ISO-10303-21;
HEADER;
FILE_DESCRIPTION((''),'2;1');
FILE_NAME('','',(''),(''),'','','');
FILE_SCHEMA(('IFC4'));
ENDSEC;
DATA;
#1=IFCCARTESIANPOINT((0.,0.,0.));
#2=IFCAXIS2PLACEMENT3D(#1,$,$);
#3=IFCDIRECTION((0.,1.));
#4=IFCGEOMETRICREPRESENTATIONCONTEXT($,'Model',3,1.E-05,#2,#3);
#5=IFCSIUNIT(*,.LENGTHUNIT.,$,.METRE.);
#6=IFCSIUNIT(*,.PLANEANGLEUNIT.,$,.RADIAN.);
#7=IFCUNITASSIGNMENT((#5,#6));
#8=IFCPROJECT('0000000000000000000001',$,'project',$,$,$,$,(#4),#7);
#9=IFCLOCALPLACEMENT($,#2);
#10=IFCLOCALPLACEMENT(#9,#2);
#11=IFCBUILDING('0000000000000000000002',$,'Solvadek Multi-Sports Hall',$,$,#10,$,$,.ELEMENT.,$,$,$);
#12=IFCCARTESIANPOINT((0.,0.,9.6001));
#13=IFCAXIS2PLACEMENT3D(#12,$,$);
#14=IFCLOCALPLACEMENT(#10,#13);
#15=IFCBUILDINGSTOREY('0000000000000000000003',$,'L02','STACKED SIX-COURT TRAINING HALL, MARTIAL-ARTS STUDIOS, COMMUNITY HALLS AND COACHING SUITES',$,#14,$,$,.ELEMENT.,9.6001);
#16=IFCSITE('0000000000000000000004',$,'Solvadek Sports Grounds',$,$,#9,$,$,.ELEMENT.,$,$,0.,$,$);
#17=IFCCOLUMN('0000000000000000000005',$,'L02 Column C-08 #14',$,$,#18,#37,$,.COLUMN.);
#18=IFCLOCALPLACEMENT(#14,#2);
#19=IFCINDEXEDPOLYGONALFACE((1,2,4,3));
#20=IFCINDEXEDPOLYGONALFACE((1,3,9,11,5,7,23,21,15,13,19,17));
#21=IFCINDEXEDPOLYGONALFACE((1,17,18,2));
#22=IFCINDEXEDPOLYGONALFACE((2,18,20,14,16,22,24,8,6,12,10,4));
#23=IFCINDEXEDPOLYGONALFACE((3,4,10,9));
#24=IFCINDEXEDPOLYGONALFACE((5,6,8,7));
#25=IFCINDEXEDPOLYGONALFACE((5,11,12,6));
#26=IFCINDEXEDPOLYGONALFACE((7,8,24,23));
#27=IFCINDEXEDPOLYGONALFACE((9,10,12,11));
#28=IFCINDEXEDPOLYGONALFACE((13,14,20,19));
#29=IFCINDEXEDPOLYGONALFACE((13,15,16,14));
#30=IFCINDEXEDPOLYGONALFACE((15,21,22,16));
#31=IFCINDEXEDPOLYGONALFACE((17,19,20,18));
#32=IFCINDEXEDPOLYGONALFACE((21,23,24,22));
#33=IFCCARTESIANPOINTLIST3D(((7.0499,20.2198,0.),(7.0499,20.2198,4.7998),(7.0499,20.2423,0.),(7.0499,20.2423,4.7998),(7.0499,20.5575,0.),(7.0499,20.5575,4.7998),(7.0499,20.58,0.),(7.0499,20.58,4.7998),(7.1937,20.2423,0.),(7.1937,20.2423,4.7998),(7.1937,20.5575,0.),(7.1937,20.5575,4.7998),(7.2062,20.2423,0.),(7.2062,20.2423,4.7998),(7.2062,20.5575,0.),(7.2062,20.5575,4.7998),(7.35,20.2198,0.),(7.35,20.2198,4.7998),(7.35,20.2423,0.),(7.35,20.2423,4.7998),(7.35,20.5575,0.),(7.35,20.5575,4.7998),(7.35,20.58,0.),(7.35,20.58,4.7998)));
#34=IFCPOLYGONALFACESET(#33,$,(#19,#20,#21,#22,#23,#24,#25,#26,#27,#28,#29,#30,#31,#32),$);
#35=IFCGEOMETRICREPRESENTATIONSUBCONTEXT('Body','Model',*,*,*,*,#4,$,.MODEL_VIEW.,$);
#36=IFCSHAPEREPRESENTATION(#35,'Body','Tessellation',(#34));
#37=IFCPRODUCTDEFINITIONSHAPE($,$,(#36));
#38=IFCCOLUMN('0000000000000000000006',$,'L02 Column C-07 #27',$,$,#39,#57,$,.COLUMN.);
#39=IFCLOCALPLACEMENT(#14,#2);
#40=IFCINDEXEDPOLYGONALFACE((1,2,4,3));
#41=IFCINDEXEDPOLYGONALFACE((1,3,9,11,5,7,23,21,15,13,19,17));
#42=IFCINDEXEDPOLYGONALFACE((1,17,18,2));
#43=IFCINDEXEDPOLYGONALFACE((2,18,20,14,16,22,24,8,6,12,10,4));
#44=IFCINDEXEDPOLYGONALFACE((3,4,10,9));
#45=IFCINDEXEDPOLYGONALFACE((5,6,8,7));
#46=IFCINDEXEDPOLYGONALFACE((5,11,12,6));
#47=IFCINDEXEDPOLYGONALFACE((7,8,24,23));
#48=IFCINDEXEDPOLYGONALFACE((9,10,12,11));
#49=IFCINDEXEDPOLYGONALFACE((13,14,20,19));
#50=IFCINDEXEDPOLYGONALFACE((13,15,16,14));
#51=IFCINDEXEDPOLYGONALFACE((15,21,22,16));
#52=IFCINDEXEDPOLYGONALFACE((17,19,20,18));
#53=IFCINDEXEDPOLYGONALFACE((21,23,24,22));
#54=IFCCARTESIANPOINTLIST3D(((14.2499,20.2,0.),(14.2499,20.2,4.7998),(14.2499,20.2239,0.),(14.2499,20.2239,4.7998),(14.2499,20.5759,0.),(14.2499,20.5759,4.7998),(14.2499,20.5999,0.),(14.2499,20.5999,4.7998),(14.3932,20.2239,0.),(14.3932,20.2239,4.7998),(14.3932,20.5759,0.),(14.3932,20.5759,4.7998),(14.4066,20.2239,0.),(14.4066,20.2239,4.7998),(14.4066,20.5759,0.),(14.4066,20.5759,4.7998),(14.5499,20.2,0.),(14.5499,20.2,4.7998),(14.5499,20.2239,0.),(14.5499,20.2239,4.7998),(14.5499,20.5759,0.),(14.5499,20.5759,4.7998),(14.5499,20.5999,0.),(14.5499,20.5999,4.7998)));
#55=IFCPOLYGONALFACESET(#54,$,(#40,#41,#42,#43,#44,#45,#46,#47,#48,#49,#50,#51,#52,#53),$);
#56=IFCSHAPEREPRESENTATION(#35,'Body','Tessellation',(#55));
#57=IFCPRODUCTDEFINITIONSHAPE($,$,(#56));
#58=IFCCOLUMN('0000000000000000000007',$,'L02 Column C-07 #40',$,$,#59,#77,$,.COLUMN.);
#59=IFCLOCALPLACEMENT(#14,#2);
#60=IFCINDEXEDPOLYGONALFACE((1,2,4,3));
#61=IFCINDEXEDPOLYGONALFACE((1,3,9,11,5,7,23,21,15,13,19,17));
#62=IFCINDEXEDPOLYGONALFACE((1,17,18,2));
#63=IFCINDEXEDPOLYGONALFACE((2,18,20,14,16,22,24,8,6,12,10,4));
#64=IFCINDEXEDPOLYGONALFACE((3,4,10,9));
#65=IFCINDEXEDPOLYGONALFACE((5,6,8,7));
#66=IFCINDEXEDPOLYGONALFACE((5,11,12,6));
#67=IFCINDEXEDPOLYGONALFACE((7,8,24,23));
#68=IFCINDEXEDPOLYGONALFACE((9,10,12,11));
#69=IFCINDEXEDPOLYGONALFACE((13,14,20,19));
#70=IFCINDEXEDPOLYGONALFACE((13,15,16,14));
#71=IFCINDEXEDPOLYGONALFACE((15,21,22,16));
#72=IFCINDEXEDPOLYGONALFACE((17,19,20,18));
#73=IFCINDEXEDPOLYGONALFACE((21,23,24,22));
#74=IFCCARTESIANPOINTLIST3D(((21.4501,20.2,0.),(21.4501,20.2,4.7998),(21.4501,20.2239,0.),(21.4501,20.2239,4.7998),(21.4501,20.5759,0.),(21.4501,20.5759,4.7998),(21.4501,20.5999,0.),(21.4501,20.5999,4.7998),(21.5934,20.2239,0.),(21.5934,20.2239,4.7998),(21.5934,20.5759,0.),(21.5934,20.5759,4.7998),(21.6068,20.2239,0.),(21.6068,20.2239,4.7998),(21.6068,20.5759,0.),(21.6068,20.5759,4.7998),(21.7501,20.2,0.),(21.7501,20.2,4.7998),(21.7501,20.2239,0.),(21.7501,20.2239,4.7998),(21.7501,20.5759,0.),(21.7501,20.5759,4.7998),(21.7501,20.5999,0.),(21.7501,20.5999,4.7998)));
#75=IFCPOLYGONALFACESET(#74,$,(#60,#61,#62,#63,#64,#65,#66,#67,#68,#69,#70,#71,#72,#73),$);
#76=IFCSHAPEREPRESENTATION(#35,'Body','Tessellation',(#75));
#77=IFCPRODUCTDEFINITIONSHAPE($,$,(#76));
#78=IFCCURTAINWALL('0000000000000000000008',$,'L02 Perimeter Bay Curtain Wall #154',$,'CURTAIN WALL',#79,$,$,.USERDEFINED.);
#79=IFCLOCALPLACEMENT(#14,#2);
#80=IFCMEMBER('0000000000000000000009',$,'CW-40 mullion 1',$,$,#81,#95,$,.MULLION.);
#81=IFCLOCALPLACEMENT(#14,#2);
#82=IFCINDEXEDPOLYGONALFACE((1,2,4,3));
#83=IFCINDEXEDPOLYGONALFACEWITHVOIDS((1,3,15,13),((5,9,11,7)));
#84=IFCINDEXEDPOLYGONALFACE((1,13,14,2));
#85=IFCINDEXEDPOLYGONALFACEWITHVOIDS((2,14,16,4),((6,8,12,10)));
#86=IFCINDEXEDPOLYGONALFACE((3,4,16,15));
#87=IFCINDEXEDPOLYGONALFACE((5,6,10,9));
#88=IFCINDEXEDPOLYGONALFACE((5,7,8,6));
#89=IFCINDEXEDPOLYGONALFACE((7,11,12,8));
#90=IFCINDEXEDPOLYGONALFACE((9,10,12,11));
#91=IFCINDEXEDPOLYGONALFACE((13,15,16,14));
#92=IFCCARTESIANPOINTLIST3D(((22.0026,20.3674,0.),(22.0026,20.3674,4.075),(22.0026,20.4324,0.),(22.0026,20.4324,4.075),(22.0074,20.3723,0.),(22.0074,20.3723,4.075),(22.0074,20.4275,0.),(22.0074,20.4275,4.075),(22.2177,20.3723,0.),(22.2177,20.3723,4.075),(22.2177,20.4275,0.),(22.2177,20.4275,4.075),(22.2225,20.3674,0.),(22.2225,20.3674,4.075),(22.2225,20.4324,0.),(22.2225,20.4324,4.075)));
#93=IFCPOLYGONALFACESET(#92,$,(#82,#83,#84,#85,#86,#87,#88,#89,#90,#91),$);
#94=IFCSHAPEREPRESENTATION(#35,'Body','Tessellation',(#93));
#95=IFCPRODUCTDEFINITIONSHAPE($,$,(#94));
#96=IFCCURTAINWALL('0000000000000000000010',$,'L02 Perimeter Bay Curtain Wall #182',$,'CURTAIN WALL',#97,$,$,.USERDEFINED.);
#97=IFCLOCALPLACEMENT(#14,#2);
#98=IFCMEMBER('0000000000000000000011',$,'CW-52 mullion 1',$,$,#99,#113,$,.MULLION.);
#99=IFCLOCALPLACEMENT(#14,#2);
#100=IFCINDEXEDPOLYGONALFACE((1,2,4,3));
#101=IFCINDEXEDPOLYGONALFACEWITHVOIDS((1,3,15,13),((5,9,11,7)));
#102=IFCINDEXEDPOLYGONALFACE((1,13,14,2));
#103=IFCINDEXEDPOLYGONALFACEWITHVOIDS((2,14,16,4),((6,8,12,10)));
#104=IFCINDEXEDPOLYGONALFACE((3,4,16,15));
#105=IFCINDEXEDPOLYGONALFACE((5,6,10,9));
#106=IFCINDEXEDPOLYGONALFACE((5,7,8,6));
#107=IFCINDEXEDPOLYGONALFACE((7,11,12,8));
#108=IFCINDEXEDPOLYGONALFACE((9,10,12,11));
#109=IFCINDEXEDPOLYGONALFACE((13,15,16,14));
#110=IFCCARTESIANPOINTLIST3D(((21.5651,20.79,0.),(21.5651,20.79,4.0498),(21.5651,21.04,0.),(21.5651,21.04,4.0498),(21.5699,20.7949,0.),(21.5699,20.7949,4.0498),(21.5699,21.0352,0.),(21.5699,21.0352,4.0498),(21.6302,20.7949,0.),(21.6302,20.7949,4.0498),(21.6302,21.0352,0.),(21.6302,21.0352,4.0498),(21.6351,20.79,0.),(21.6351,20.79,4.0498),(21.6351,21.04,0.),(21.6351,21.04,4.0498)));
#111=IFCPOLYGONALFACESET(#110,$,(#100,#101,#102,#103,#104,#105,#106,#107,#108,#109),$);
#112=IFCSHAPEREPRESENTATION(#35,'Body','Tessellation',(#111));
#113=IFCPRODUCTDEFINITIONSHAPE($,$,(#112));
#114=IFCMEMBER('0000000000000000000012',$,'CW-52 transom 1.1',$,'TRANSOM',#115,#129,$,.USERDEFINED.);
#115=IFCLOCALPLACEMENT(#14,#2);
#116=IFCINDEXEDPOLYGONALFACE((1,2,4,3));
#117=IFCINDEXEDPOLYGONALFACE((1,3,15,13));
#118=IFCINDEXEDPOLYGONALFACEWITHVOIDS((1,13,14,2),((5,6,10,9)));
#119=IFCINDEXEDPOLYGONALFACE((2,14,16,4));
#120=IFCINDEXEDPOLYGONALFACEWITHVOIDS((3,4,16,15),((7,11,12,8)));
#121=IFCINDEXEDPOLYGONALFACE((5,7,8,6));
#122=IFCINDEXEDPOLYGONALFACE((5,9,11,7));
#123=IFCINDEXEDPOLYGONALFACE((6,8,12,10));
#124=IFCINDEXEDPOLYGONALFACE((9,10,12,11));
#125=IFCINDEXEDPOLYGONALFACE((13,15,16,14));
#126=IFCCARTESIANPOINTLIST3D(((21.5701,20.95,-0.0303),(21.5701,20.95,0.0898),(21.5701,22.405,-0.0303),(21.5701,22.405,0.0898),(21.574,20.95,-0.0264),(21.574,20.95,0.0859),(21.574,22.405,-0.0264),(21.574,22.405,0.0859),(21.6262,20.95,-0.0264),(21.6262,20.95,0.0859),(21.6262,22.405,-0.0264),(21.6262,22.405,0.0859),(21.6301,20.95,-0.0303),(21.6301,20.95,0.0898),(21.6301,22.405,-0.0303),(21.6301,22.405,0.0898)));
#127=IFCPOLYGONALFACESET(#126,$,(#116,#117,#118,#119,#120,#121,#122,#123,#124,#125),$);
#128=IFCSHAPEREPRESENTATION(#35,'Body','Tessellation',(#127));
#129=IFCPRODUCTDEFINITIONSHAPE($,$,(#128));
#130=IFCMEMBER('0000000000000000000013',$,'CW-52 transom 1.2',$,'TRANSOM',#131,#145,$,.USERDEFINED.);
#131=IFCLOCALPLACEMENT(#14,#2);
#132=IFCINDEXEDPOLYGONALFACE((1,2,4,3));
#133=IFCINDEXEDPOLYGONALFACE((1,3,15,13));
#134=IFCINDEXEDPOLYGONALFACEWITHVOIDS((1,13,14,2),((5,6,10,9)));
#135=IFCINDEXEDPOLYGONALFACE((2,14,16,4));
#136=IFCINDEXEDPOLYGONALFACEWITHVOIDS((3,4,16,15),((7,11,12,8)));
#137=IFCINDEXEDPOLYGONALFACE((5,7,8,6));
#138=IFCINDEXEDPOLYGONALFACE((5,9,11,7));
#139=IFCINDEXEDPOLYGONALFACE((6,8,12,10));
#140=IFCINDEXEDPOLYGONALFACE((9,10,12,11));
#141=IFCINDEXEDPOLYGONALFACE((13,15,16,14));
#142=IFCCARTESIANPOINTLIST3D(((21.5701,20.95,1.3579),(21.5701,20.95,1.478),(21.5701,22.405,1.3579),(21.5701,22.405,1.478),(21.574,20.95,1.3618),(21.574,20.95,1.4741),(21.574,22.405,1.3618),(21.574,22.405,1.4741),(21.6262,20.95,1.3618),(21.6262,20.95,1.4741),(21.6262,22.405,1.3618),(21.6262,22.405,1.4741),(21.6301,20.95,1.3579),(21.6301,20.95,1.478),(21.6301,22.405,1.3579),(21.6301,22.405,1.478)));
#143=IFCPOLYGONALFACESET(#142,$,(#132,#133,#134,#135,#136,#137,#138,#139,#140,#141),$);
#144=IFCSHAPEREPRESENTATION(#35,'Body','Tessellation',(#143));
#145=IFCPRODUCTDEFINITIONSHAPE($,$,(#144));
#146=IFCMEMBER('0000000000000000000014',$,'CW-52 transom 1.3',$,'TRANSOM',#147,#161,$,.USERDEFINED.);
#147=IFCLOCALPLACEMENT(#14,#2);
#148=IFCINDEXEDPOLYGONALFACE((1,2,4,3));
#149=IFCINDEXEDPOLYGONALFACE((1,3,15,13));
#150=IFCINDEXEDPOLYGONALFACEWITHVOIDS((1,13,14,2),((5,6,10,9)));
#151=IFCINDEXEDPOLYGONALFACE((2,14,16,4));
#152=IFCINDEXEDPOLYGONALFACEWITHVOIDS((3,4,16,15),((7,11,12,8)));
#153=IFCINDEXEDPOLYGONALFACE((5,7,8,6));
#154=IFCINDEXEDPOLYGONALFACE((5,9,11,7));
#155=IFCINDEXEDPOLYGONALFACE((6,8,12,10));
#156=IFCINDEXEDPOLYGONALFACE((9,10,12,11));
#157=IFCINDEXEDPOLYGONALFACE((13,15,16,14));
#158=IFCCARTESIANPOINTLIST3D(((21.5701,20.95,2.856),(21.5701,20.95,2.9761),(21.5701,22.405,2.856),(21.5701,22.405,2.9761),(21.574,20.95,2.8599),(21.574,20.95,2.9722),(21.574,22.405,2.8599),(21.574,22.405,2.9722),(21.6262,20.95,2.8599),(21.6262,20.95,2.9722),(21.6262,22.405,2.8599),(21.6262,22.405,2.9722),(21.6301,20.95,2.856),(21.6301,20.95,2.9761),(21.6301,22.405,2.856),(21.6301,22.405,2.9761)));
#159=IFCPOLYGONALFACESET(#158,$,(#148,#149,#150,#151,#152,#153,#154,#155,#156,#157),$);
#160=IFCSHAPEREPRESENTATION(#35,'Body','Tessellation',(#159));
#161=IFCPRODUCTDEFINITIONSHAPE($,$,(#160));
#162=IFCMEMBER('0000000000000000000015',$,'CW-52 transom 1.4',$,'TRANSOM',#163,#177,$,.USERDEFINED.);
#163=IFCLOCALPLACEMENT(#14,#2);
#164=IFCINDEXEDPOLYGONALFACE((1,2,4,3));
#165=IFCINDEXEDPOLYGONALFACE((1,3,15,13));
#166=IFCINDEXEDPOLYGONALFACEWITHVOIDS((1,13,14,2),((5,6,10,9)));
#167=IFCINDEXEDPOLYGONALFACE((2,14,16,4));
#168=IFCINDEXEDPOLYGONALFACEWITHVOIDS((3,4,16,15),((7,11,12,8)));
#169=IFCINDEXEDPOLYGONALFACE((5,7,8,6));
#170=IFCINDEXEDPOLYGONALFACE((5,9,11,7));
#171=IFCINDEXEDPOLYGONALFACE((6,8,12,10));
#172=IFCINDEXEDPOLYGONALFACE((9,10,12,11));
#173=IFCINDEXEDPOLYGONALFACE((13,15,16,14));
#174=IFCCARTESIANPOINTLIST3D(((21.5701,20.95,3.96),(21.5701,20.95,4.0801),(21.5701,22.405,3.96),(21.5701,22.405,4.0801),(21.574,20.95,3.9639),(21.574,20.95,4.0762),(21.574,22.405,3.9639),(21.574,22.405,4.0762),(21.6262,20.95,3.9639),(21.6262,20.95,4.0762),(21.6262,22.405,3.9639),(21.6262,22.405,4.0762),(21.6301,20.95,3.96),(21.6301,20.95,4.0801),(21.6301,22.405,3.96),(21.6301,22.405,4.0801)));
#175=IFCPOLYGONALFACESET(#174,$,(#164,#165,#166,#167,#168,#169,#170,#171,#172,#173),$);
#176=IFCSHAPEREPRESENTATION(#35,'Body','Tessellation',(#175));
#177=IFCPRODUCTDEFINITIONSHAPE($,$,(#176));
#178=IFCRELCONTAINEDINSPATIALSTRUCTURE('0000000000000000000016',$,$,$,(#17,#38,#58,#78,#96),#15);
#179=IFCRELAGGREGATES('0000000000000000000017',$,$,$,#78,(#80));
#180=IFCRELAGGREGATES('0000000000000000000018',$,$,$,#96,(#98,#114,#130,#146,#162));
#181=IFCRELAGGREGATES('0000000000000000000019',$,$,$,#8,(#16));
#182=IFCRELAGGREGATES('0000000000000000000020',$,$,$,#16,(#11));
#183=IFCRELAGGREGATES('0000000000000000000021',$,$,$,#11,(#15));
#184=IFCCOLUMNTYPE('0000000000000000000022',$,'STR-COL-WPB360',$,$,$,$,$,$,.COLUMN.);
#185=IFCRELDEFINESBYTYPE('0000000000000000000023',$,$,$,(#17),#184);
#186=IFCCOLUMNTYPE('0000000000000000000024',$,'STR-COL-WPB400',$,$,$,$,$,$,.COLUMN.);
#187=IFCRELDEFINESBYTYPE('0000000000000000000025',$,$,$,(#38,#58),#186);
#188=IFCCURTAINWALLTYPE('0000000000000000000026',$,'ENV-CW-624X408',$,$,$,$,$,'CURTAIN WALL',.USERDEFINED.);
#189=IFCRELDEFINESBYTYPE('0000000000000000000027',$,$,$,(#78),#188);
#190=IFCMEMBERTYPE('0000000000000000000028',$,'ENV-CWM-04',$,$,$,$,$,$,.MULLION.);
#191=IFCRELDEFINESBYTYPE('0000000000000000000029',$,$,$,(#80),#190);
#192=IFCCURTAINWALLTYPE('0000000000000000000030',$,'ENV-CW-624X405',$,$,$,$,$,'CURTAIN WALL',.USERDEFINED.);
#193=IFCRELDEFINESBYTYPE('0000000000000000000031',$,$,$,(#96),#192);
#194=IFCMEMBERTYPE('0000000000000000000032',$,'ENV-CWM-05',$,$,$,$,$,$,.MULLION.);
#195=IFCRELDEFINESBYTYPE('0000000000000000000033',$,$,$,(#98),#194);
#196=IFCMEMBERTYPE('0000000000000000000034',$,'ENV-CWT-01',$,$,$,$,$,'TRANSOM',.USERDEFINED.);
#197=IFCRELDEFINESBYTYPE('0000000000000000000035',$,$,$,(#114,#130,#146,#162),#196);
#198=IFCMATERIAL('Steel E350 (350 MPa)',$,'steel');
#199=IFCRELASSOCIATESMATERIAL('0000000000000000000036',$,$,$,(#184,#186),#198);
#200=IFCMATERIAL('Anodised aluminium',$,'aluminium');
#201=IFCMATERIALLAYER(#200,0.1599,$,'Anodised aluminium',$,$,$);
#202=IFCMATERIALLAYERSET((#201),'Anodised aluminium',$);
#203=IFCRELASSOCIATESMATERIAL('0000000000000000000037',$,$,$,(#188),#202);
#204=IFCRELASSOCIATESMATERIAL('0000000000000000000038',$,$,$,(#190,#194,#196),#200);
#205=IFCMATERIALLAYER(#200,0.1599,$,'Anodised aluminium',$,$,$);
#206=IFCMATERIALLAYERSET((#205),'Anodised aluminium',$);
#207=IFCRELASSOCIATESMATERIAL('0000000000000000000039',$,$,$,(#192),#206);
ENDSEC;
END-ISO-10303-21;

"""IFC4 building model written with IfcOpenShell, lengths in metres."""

from ifc_helpers import new_model, si_unit, direction, frame, origin, origin_2d, place, context, subcontext, project, spatial, hollow_rectangle, i_section, extrude, material, layer, layer_set, material_profile, profile_set, type_object, element, aggregate, save


model = new_model("IFC4")

# Units and contexts
model_context = context("Model", 3, precision=1e-05, world=origin(), true_north=direction((0.0, 1.0)))
body_context = subcontext(model_context, "Body", "Model", "MODEL_VIEW")
ifc_project = project(units=[si_unit("LENGTHUNIT", "METRE"), si_unit("PLANEANGLEUNIT", "RADIAN")], contexts=[model_context])

# Site, building, storey
site_placement = place(None, origin())
site = spatial("IfcSite", under=ifc_project, at=site_placement, Name="Solvadek Sports Grounds", CompositionType="ELEMENT", RefElevation=0.0)
building_placement = place(site_placement, origin())
building = spatial("IfcBuilding", under=site, at=building_placement, Name="Solvadek Multi-Sports Hall", CompositionType="ELEMENT")
storey_placement = place(building_placement, frame((0.0, 0.0, 9.6001)))
storey = spatial("IfcBuildingStorey", under=building, at=storey_placement, Name="L02", Description="STACKED SIX-COURT TRAINING HALL, MARTIAL-ARTS STUDIOS, COMMUNITY HALLS AND COACHING SUITES", CompositionType="ELEMENT", Elevation=9.6001)

# Columns
ifc_material_1 = material(Name="Steel E350 (350 MPa)", Category="steel")
ifc_material_profile_1 = material_profile(ifc_material_1, i_section(OverallWidth=0.3, OverallDepth=0.3601, WebThickness=0.0125, FlangeThickness=0.0225, at=origin_2d()), Name="WPB 360")
ifc_profile_set_1 = profile_set([ifc_material_profile_1], Name="Steel E350 (350 MPa)")
column_type_1 = type_object("IfcColumnType", Name="STR-COL-WPB360", PredefinedType="COLUMN", material=ifc_profile_set_1)
column_placement = place(storey_placement, frame((7.2, 20.3999, 0.0), z_axis=(0.0, 0.0, 1.0), x_axis=(1.0, 0.0, 0.0)))
element("IfcColumn", 1, at=column_placement, inside=storey, type_object=column_type_1, Name="L02 Column C-08 #14", PredefinedType="COLUMN", context=body_context, shape_type="SweptSolid", body=[
    extrude(i_section(OverallWidth=0.3, OverallDepth=0.3601, WebThickness=0.0125, FlangeThickness=0.0225, at=origin_2d()), origin(), (0.0, 0.0, 1.0), 4.7998),
])
ifc_material_profile_2 = material_profile(ifc_material_1, i_section(OverallWidth=0.3, OverallDepth=0.3999, WebThickness=0.0134, FlangeThickness=0.0239, at=origin_2d()), Name="WPB 400")
ifc_profile_set_2 = profile_set([ifc_material_profile_2], Name="Steel E350 (350 MPa)")
column_type_2 = type_object("IfcColumnType", Name="STR-COL-WPB400", PredefinedType="COLUMN", material=ifc_profile_set_2)
for number, where, z_axis, x_axis, name in (
    (2, (14.3999, 20.3999, 0.0), (0.0, 0.0, 1.0), (1.0, 0.0, 0.0), "L02 Column C-07 #27"),
    (3, (21.6001, 20.3999, 0.0), (0.0, 0.0, 1.0), (1.0, 0.0, 0.0), "L02 Column C-07 #40"),
):
    element("IfcColumn", number, at=place(storey_placement, frame(where, z_axis=z_axis, x_axis=x_axis)), inside=storey, type_object=column_type_2, Name=name, PredefinedType="COLUMN", context=body_context, shape_type="SweptSolid", body=[
        extrude(i_section(OverallWidth=0.3, OverallDepth=0.3999, WebThickness=0.0134, FlangeThickness=0.0239, at=origin_2d()), origin(), (0.0, 0.0, 1.0), 4.7998),
    ])

# Curtain wall, member
ifc_material_2 = material(Name="Anodised aluminium", Category="aluminium")
ifc_layer_1 = layer(ifc_material_2, 0.1599, Name="Anodised aluminium")
ifc_layer_set_1 = layer_set([ifc_layer_1], Name="Anodised aluminium")
curtain_wall_type_1 = type_object("IfcCurtainWallType", Name="ENV-CW-624X408", ElementType="CURTAIN WALL", PredefinedType="USERDEFINED", material=ifc_layer_set_1)
curtain_wall_1_placement = place(storey_placement, origin())
curtain_wall_1 = element("IfcCurtainWall", 4, at=curtain_wall_1_placement, inside=storey, type_object=curtain_wall_type_1, Name="L02 Perimeter Bay Curtain Wall #154", ObjectType="CURTAIN WALL", PredefinedType="USERDEFINED")
ifc_material_profile_3 = material_profile(ifc_material_2, hollow_rectangle(XDim=0.0649, YDim=0.22, WallThickness=0.0049, at=origin_2d()), Name="ALU-M 220x65x5")
ifc_profile_set_3 = profile_set([ifc_material_profile_3], Name="Anodised aluminium")
member_type_1 = type_object("IfcMemberType", Name="ENV-CWM-04", PredefinedType="MULLION", material=ifc_profile_set_3)
member_1_placement = place(storey_placement, frame((22.1125, 20.3999, 0.0), z_axis=(0.0, 0.0, 1.0), x_axis=(0.0, 1.0, 0.0)))
member_1 = element("IfcMember", 5, at=member_1_placement, type_object=member_type_1, Name="CW-40 mullion 1", PredefinedType="MULLION", context=body_context, shape_type="SweptSolid", body=[
    extrude(hollow_rectangle(XDim=0.0649, YDim=0.22, WallThickness=0.0049, at=origin_2d()), origin(), (0.0, 0.0, 1.0), 4.075),
])

# Curtain wall, members
ifc_layer_2 = layer(ifc_material_2, 0.1599, Name="Anodised aluminium")
ifc_layer_set_2 = layer_set([ifc_layer_2], Name="Anodised aluminium")
curtain_wall_type_2 = type_object("IfcCurtainWallType", Name="ENV-CW-624X405", ElementType="CURTAIN WALL", PredefinedType="USERDEFINED", material=ifc_layer_set_2)
curtain_wall_2_placement = place(storey_placement, origin())
curtain_wall_2 = element("IfcCurtainWall", 6, at=curtain_wall_2_placement, inside=storey, type_object=curtain_wall_type_2, Name="L02 Perimeter Bay Curtain Wall #182", ObjectType="CURTAIN WALL", PredefinedType="USERDEFINED")
ifc_material_profile_4 = material_profile(ifc_material_2, hollow_rectangle(XDim=0.0701, YDim=0.25, WallThickness=0.0049, at=origin_2d()), Name="ALU-M 250x70x5")
ifc_profile_set_4 = profile_set([ifc_material_profile_4], Name="Anodised aluminium")
member_type_2 = type_object("IfcMemberType", Name="ENV-CWM-05", PredefinedType="MULLION", material=ifc_profile_set_4)
member_2_placement = place(storey_placement, frame((21.6001, 20.915, 0.0), z_axis=(0.0, 0.0, 1.0), x_axis=(-1.0, 0.0, 0.0)))
member_2 = element("IfcMember", 7, at=member_2_placement, type_object=member_type_2, Name="CW-52 mullion 1", PredefinedType="MULLION", context=body_context, shape_type="SweptSolid", body=[
    extrude(hollow_rectangle(XDim=0.0701, YDim=0.25, WallThickness=0.0049, at=origin_2d()), origin(), (0.0, 0.0, 1.0), 4.0498),
])
ifc_material_profile_5 = material_profile(ifc_material_2, hollow_rectangle(XDim=0.0601, YDim=0.1201, WallThickness=0.0039, at=origin_2d()), Name="ALU-T 120x60x4")
ifc_profile_set_5 = profile_set([ifc_material_profile_5], Name="Anodised aluminium")
member_type_3 = type_object("IfcMemberType", Name="ENV-CWT-01", ElementType="TRANSOM", PredefinedType="USERDEFINED", material=ifc_profile_set_5)
member_3_placement = place(storey_placement, frame((21.6001, 20.95, 0.0298), z_axis=(0.0, 1.0, 0.0), x_axis=(-1.0, 0.0, 0.0)))
member_3 = element("IfcMember", 8, at=member_3_placement, type_object=member_type_3, Name="CW-52 transom 1.1", ObjectType="TRANSOM", PredefinedType="USERDEFINED", context=body_context, shape_type="SweptSolid", body=[
    extrude(hollow_rectangle(XDim=0.0601, YDim=0.1201, WallThickness=0.0039, at=origin_2d()), origin(), (0.0, 0.0, 1.0), 1.4551),
])
member_4_placement = place(storey_placement, frame((21.6001, 20.95, 1.418), z_axis=(0.0, 1.0, 0.0), x_axis=(-1.0, 0.0, 0.0)))
member_4 = element("IfcMember", 9, at=member_4_placement, type_object=member_type_3, Name="CW-52 transom 1.2", ObjectType="TRANSOM", PredefinedType="USERDEFINED", context=body_context, shape_type="SweptSolid", body=[
    extrude(hollow_rectangle(XDim=0.0601, YDim=0.1201, WallThickness=0.0039, at=origin_2d()), origin(), (0.0, 0.0, 1.0), 1.4551),
])
member_5_placement = place(storey_placement, frame((21.6001, 20.95, 2.916), z_axis=(0.0, 1.0, 0.0), x_axis=(-1.0, 0.0, 0.0)))
member_5 = element("IfcMember", 10, at=member_5_placement, type_object=member_type_3, Name="CW-52 transom 1.3", ObjectType="TRANSOM", PredefinedType="USERDEFINED", context=body_context, shape_type="SweptSolid", body=[
    extrude(hollow_rectangle(XDim=0.0601, YDim=0.1201, WallThickness=0.0039, at=origin_2d()), origin(), (0.0, 0.0, 1.0), 1.4551),
])
member_6_placement = place(storey_placement, frame((21.6001, 20.95, 4.02), z_axis=(0.0, 1.0, 0.0), x_axis=(-1.0, 0.0, 0.0)))
member_6 = element("IfcMember", 11, at=member_6_placement, type_object=member_type_3, Name="CW-52 transom 1.4", ObjectType="TRANSOM", PredefinedType="USERDEFINED", context=body_context, shape_type="SweptSolid", body=[
    extrude(hollow_rectangle(XDim=0.0601, YDim=0.1201, WallThickness=0.0039, at=origin_2d()), origin(), (0.0, 0.0, 1.0), 1.4551),
])

aggregate(curtain_wall_1, [member_1])

aggregate(curtain_wall_2, [member_2, member_3, member_4, member_5, member_6])

save(model, "model.ifc")
